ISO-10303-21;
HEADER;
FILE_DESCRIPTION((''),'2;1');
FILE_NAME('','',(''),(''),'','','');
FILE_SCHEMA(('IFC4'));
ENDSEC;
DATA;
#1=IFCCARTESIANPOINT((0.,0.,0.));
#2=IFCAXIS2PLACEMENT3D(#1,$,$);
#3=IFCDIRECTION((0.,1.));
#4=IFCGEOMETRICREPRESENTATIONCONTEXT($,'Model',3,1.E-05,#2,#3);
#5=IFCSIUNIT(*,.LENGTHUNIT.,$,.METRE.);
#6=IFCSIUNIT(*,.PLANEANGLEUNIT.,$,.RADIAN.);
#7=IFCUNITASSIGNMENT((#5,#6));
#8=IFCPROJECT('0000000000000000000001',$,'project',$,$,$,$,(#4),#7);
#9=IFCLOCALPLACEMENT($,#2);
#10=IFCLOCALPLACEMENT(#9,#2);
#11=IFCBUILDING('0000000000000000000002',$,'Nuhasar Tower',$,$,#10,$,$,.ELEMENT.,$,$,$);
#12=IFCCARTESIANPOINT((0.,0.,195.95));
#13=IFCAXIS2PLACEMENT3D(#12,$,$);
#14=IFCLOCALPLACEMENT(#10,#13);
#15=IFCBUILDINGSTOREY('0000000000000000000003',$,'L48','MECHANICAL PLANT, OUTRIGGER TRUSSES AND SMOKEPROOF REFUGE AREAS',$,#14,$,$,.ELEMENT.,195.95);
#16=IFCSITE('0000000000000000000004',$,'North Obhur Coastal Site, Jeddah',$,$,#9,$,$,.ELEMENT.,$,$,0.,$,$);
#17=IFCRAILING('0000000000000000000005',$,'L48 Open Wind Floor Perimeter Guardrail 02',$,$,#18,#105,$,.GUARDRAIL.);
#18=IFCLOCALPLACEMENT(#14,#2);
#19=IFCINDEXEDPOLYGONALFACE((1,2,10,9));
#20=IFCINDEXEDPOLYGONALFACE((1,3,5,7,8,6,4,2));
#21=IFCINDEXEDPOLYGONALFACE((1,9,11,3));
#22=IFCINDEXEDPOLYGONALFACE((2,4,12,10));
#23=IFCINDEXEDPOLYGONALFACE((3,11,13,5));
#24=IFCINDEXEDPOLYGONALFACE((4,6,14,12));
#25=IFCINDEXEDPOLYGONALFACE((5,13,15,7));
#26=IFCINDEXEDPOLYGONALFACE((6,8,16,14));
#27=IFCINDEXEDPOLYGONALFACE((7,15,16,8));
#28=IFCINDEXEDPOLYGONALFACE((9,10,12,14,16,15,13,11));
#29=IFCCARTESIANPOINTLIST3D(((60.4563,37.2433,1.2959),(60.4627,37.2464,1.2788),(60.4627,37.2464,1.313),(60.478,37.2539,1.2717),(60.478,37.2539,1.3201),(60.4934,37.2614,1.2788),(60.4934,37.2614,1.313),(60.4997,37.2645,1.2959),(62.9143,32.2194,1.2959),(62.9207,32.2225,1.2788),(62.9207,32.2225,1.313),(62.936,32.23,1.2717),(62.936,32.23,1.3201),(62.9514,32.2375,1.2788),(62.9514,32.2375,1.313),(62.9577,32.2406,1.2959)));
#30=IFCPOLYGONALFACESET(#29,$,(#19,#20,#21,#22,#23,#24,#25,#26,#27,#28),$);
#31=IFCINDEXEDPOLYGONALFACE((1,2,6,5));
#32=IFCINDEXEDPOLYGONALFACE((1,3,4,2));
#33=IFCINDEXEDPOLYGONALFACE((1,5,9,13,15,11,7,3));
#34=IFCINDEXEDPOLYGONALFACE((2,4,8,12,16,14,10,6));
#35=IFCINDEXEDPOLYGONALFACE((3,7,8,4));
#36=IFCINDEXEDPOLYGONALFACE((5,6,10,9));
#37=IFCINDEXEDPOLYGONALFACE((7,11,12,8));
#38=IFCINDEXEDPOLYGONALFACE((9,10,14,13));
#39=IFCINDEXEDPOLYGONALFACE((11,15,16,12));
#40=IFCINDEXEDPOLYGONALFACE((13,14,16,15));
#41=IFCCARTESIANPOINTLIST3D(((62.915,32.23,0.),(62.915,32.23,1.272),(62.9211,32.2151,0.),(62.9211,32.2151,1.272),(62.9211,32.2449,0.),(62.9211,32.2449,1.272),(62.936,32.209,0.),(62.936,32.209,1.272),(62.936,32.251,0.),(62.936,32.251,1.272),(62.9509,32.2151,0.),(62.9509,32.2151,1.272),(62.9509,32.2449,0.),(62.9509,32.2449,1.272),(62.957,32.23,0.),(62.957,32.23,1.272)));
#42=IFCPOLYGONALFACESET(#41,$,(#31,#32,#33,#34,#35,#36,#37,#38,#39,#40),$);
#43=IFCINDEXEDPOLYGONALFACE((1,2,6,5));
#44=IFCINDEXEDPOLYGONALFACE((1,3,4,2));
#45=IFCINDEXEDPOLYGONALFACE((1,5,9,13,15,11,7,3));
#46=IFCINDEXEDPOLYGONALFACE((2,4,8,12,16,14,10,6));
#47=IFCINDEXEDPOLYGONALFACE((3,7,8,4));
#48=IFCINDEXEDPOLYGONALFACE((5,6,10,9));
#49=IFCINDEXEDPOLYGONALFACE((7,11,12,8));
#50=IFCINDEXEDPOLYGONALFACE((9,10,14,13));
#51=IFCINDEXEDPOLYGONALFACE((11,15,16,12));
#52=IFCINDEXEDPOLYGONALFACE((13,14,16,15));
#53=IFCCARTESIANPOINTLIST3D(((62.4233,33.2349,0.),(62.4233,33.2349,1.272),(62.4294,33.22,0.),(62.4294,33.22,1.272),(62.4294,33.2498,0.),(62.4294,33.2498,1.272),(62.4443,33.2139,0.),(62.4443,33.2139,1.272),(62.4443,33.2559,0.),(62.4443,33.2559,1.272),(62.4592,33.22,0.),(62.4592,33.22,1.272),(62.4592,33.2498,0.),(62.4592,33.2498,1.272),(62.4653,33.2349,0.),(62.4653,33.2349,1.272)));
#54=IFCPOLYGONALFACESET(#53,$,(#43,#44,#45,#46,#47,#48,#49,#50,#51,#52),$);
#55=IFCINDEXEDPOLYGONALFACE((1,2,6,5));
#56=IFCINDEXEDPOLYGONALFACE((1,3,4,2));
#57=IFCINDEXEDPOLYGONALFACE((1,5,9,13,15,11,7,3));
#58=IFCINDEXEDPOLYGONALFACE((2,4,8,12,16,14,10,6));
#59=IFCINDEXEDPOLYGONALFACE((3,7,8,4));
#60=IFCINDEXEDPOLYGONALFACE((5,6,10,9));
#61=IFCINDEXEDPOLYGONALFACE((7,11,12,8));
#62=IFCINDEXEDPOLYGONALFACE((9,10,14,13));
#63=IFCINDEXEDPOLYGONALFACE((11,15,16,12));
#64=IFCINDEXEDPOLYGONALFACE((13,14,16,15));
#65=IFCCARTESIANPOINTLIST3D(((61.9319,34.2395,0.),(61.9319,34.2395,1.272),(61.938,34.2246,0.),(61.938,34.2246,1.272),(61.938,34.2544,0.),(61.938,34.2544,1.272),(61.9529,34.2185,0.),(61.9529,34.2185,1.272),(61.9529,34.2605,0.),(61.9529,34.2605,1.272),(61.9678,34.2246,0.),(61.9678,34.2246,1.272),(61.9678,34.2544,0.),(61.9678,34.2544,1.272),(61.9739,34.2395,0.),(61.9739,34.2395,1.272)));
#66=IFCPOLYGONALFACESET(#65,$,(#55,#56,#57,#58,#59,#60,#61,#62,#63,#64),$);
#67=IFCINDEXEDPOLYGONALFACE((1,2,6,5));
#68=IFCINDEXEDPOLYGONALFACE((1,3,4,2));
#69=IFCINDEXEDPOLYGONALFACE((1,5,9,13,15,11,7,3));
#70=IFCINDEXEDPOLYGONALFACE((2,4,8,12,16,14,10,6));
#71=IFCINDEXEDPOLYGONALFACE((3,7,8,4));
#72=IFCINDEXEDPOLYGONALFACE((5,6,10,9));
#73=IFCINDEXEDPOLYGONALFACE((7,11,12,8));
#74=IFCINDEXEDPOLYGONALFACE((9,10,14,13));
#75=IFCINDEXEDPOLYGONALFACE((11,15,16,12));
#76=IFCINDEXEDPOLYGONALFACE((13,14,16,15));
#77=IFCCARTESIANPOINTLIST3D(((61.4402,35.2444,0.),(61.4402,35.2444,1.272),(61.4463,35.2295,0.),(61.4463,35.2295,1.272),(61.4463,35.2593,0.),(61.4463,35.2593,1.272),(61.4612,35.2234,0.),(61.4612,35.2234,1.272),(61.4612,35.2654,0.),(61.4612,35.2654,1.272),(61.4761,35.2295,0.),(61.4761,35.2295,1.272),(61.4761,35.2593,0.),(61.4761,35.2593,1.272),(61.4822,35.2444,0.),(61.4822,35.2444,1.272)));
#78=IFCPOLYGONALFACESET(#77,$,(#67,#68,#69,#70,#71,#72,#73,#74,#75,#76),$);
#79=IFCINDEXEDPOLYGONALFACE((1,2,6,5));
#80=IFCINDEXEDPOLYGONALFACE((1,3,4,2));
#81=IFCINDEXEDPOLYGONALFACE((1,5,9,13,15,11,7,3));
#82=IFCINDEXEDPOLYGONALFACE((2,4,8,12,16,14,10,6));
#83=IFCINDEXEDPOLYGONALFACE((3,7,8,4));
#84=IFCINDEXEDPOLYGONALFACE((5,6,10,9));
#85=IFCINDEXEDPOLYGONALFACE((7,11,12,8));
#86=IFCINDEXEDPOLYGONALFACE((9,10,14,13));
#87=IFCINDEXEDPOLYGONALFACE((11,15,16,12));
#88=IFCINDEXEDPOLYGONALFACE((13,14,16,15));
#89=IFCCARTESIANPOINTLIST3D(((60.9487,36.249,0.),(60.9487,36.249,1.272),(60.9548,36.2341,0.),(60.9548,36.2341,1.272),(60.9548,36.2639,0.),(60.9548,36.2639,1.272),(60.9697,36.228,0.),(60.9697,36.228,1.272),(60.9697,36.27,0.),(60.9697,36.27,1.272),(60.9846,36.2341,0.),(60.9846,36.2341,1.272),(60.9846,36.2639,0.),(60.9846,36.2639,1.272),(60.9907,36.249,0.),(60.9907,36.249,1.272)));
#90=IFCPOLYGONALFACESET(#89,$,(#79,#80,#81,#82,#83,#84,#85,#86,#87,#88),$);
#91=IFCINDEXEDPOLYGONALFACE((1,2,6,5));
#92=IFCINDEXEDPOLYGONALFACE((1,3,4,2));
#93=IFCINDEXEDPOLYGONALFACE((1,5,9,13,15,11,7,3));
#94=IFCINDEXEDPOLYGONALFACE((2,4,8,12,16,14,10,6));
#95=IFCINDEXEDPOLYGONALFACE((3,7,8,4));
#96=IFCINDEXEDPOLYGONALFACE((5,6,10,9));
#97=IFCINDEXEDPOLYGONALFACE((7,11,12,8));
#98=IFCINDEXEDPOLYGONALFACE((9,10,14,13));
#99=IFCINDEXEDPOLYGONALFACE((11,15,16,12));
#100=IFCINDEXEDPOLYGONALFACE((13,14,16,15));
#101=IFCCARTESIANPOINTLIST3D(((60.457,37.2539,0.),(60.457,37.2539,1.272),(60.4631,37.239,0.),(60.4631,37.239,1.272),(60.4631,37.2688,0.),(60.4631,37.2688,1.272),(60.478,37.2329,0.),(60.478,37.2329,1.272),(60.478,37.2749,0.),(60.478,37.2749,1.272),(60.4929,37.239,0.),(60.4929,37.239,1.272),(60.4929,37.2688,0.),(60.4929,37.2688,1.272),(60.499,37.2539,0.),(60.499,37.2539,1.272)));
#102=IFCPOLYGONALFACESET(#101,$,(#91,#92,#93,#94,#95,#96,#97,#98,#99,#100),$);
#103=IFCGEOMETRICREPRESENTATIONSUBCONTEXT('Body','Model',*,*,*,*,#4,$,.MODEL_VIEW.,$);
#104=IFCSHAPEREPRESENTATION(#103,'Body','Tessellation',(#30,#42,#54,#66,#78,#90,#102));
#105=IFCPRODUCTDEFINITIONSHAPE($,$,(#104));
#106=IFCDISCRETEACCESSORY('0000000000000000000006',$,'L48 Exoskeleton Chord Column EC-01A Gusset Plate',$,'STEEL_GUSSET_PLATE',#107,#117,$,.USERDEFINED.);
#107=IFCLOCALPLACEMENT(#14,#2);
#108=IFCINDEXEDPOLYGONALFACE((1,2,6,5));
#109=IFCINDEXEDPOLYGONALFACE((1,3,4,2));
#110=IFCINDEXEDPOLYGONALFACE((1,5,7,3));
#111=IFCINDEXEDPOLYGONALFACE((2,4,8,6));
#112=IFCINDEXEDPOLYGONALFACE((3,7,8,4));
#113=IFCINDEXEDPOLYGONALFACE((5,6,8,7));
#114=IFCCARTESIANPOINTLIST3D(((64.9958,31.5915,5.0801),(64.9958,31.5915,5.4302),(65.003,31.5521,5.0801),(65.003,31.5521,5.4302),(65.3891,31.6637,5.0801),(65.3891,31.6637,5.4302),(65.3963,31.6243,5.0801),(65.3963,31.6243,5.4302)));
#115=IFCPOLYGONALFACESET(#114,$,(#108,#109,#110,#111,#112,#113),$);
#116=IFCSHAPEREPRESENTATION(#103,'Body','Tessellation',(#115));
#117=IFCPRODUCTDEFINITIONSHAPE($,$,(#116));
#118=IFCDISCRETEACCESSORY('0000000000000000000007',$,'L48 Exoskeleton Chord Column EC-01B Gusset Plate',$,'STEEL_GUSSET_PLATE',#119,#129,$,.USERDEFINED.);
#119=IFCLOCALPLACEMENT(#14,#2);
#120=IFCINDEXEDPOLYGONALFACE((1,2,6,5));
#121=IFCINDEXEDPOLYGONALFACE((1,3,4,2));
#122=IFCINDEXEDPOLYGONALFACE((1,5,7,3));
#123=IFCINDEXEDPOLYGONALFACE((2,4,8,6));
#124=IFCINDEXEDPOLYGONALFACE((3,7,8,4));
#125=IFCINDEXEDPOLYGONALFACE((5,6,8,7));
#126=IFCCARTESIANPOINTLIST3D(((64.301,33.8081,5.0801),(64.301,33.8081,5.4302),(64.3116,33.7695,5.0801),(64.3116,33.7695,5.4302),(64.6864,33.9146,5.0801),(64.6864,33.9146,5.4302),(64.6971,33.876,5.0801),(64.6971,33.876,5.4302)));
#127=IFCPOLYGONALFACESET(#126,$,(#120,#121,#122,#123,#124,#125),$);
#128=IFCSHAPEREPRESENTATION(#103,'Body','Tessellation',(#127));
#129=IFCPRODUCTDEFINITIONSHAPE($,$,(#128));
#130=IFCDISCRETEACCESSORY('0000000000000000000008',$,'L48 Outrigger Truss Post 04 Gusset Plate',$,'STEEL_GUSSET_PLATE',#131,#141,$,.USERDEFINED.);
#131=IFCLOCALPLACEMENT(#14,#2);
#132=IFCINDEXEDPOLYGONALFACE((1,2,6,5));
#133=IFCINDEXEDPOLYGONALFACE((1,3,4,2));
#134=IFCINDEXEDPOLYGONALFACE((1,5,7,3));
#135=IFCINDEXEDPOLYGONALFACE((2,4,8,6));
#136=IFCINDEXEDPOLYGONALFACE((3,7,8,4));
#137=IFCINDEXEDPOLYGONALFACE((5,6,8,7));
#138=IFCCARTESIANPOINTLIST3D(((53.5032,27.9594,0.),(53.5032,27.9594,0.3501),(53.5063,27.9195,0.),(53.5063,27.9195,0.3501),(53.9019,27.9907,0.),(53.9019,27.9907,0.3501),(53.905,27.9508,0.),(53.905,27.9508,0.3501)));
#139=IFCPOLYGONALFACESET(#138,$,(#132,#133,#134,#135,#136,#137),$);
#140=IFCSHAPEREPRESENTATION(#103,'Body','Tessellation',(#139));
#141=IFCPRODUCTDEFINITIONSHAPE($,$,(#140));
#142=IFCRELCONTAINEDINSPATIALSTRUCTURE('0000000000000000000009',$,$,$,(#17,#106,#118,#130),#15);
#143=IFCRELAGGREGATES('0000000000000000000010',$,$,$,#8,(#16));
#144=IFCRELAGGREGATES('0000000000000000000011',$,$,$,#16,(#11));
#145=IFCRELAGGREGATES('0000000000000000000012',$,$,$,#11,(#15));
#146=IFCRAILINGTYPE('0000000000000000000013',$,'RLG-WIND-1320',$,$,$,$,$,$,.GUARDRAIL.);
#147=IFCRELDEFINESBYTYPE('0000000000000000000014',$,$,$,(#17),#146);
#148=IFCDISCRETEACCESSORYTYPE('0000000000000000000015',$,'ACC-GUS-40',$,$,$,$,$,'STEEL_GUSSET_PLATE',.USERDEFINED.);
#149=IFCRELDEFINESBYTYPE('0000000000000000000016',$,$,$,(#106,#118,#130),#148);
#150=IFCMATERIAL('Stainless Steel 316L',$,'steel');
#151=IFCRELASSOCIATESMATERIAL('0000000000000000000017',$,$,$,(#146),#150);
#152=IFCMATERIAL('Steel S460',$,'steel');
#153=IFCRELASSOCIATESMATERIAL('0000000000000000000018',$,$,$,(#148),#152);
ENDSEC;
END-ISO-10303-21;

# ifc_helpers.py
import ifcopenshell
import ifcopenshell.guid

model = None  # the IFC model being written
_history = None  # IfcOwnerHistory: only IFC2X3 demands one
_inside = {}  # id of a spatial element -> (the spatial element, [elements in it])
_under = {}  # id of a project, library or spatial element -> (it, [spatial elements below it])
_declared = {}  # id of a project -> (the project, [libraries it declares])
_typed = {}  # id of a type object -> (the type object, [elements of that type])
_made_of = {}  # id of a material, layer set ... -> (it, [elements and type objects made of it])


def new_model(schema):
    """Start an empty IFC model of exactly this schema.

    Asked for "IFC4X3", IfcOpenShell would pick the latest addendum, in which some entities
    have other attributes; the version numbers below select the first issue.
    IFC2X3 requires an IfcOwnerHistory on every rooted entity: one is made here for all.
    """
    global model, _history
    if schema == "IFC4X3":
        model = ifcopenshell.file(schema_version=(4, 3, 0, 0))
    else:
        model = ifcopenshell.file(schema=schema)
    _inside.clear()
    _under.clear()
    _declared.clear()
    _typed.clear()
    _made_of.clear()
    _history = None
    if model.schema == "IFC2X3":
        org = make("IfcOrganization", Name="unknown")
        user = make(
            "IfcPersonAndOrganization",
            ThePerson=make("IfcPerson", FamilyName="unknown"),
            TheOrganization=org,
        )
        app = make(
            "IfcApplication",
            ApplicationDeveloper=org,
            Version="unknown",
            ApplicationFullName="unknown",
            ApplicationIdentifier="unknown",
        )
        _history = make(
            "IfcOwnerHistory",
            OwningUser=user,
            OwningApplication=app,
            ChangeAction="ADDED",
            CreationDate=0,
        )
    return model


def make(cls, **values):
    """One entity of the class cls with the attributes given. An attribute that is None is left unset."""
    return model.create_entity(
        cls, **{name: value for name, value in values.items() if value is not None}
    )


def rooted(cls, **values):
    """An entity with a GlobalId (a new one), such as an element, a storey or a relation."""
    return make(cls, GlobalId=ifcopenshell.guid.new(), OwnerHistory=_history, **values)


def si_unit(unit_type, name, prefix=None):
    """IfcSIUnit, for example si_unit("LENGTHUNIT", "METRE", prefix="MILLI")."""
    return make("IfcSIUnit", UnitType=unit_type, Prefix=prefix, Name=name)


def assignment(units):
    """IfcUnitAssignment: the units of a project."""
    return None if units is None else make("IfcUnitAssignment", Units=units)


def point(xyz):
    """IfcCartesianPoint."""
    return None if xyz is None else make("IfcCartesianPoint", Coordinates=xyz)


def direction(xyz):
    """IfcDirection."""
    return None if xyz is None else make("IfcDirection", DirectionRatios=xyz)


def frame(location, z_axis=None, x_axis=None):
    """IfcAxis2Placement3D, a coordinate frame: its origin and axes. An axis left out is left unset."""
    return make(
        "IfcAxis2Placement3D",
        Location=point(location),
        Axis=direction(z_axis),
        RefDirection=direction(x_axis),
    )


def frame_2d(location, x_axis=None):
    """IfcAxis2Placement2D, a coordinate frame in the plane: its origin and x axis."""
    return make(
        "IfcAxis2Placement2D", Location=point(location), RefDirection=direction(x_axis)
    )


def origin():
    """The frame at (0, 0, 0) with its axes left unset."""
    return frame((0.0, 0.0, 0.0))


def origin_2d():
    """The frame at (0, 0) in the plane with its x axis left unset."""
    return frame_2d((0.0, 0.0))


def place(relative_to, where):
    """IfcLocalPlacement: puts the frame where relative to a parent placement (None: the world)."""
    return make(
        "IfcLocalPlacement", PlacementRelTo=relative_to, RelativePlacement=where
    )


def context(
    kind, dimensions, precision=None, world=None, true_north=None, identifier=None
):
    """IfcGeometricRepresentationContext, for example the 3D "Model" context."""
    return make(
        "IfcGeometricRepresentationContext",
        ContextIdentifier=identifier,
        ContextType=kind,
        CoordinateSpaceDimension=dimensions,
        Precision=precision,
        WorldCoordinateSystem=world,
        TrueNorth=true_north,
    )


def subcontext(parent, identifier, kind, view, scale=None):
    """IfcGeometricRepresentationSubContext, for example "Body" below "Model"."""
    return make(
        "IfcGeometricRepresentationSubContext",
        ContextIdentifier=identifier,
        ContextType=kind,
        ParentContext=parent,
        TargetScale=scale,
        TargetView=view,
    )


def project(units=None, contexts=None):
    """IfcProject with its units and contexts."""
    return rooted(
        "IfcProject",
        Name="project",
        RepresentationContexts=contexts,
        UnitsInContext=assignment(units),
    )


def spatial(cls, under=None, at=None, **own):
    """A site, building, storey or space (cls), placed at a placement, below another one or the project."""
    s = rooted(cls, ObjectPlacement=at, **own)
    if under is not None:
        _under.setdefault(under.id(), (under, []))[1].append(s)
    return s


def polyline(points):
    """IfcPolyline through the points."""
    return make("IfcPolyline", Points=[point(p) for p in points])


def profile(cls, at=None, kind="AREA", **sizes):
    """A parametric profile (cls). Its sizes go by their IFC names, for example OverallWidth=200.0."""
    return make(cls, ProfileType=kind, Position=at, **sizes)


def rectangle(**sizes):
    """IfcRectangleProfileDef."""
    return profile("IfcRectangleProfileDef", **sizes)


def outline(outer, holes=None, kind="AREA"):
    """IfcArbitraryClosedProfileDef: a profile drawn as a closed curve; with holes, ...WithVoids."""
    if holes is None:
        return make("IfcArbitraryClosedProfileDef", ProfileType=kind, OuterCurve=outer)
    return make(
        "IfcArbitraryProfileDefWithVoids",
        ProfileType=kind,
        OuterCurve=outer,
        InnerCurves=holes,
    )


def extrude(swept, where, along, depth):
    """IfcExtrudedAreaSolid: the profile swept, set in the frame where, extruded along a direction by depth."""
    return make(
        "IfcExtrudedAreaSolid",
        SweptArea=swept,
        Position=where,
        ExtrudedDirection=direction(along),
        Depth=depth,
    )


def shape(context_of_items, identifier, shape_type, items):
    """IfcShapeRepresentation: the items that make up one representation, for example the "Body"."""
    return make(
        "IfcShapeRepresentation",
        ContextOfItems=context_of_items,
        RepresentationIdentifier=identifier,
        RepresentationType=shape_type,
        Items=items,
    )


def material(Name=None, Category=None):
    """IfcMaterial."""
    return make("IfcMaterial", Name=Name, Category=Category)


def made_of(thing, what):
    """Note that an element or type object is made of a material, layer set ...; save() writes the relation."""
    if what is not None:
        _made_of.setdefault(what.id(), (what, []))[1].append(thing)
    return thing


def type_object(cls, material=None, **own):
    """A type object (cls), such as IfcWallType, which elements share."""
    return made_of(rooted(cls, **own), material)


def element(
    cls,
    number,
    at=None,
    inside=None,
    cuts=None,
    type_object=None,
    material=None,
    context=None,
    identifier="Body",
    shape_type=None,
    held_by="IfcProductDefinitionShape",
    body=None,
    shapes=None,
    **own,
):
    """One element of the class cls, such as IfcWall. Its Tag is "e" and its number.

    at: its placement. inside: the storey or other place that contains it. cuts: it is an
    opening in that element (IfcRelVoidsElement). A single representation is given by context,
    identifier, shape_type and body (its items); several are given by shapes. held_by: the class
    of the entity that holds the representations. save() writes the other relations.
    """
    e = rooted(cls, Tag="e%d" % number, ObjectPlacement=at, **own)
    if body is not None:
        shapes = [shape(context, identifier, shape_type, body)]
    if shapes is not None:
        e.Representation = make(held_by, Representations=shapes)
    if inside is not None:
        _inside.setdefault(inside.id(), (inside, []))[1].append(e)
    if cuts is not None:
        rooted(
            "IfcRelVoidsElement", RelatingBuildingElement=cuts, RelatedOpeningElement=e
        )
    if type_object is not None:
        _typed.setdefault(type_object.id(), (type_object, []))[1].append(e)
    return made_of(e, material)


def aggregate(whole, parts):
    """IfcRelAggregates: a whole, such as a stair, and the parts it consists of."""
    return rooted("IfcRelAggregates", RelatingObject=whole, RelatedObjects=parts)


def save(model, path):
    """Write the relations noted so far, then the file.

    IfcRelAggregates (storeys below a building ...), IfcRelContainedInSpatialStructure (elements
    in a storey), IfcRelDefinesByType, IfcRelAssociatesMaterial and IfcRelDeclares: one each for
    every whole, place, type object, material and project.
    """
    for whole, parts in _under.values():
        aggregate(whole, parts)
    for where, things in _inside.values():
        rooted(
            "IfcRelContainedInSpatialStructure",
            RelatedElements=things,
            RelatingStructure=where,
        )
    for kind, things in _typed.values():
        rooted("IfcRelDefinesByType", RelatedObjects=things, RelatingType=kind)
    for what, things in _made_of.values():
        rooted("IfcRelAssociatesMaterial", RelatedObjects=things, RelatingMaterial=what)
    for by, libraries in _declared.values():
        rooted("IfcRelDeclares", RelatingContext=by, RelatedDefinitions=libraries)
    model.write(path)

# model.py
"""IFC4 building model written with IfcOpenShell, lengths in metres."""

from ifc_helpers import new_model, si_unit, direction, frame, origin, origin_2d, place, context, subcontext, project, spatial, polyline, rectangle, outline, extrude, material, type_object, element, save


model = new_model("IFC4")

# Units and contexts
model_context = context("Model", 3, precision=1e-05, world=origin(), true_north=direction((0.0, 1.0)))
body_context = subcontext(model_context, "Body", "Model", "MODEL_VIEW")
ifc_project = project(units=[si_unit("LENGTHUNIT", "METRE"), si_unit("PLANEANGLEUNIT", "RADIAN")], contexts=[model_context])

# Site, building, storey
site_placement = place(None, origin())
site = spatial("IfcSite", under=ifc_project, at=site_placement, Name="North Obhur Coastal Site, Jeddah", CompositionType="ELEMENT", RefElevation=0.0)
building_placement = place(site_placement, origin())
building = spatial("IfcBuilding", under=site, at=building_placement, Name="Nuhasar Tower", CompositionType="ELEMENT")
storey_placement = place(building_placement, frame((0.0, 0.0, 195.95)))
storey = spatial("IfcBuildingStorey", under=building, at=storey_placement, Name="L48", Description="MECHANICAL PLANT, OUTRIGGER TRUSSES AND SMOKEPROOF REFUGE AREAS", CompositionType="ELEMENT", Elevation=195.95)

# Shared definitions
ifc_material_1 = material(Name="Steel S460", Category="steel")

# Railing
ifc_material_2 = material(Name="Stainless Steel 316L", Category="steel")
railing_type = type_object("IfcRailingType", Name="RLG-WIND-1320", PredefinedType="GUARDRAIL", material=ifc_material_2)
railing_1_placement = place(storey_placement, frame((62.936, 32.23, 0.0)))
element("IfcRailing", 1, at=railing_1_placement, inside=storey, type_object=railing_type, Name="L48 Open Wind Floor Perimeter Guardrail 02", PredefinedType="GUARDRAIL", context=body_context, shape_type="SweptSolid", body=[
    extrude(outline(polyline([(0.0242, 0.0), (0.0171, 0.0171), (0.0, 0.0242), (-0.0171, 0.0171), (-0.0242, 0.0), (-0.0171, -0.0171), (0.0, -0.0242), (0.0171, -0.0171), (0.0242, 0.0)])), frame((0.0, 0.0, 1.2959), z_axis=(-0.439479, 0.898253, 0.0), x_axis=(-0.898253, -0.439479, 0.0)), (0.0, 0.0, 1.0), 5.593),
    extrude(outline(polyline([(0.021, 0.0), (0.0149, 0.0149), (0.0, 0.021), (-0.0149, 0.0149), (-0.021, 0.0), (-0.0149, -0.0149), (0.0, -0.021), (0.0149, -0.0149), (0.021, 0.0)])), origin(), (0.0, 0.0, 1.0), 1.272),
    extrude(outline(polyline([(0.021, 0.0), (0.0149, 0.0149), (0.0, 0.021), (-0.0149, 0.0149), (-0.021, 0.0), (-0.0149, -0.0149), (0.0, -0.021), (0.0149, -0.0149), (0.021, 0.0)])), frame((-0.4917, 1.0049, 0.0)), (0.0, 0.0, 1.0), 1.272),
    extrude(outline(polyline([(0.021, 0.0), (0.0149, 0.0149), (0.0, 0.021), (-0.0149, 0.0149), (-0.021, 0.0), (-0.0149, -0.0149), (0.0, -0.021), (0.0149, -0.0149), (0.021, 0.0)])), frame((-0.9832, 2.0095, 0.0)), (0.0, 0.0, 1.0), 1.272),
    extrude(outline(polyline([(0.021, 0.0), (0.0149, 0.0149), (0.0, 0.021), (-0.0149, 0.0149), (-0.021, 0.0), (-0.0149, -0.0149), (0.0, -0.021), (0.0149, -0.0149), (0.021, 0.0)])), frame((-1.4749, 3.0144, 0.0)), (0.0, 0.0, 1.0), 1.272),
    extrude(outline(polyline([(0.021, 0.0), (0.0149, 0.0149), (0.0, 0.021), (-0.0149, 0.0149), (-0.021, 0.0), (-0.0149, -0.0149), (0.0, -0.021), (0.0149, -0.0149), (0.021, 0.0)])), frame((-1.9663, 4.019, 0.0)), (0.0, 0.0, 1.0), 1.272),
    extrude(outline(polyline([(0.021, 0.0), (0.0149, 0.0149), (0.0, 0.021), (-0.0149, 0.0149), (-0.021, 0.0), (-0.0149, -0.0149), (0.0, -0.021), (0.0149, -0.0149), (0.021, 0.0)])), frame((-2.458, 5.0239, 0.0)), (0.0, 0.0, 1.0), 1.272),
])

# Discrete accessories
discrete_accessory_type = type_object("IfcDiscreteAccessoryType", Name="ACC-GUS-40", ElementType="STEEL_GUSSET_PLATE", PredefinedType="USERDEFINED", material=ifc_material_1)
for number, where, z_axis, x_axis, name in (
    (2, (65.196, 31.6079, 5.0801), (0.0, 0.0, 1.0), (0.983568, 0.180536, 0.0), "L48 Exoskeleton Chord Column EC-01A Gusset Plate"),
    (3, (64.499, 33.842, 5.0801), (0.0, 0.0, 1.0), (0.963914, 0.266212, 0.0), "L48 Exoskeleton Chord Column EC-01B Gusset Plate"),
    (4, (53.7041, 27.9551, 0.0), (0.0, 0.0, 1.0), (0.996931, 0.078285, 0.0), "L48 Outrigger Truss Post 04 Gusset Plate"),
):
    element("IfcDiscreteAccessory", number, at=place(storey_placement, frame(where, z_axis=z_axis, x_axis=x_axis)), inside=storey, type_object=discrete_accessory_type, Name=name, ObjectType="STEEL_GUSSET_PLATE", PredefinedType="USERDEFINED", context=body_context, shape_type="SweptSolid", body=[
        extrude(rectangle(XDim=0.3999, YDim=0.04, at=origin_2d()), origin(), (0.0, 0.0, 1.0), 0.3501),
    ])

save(model, "model.ifc")
